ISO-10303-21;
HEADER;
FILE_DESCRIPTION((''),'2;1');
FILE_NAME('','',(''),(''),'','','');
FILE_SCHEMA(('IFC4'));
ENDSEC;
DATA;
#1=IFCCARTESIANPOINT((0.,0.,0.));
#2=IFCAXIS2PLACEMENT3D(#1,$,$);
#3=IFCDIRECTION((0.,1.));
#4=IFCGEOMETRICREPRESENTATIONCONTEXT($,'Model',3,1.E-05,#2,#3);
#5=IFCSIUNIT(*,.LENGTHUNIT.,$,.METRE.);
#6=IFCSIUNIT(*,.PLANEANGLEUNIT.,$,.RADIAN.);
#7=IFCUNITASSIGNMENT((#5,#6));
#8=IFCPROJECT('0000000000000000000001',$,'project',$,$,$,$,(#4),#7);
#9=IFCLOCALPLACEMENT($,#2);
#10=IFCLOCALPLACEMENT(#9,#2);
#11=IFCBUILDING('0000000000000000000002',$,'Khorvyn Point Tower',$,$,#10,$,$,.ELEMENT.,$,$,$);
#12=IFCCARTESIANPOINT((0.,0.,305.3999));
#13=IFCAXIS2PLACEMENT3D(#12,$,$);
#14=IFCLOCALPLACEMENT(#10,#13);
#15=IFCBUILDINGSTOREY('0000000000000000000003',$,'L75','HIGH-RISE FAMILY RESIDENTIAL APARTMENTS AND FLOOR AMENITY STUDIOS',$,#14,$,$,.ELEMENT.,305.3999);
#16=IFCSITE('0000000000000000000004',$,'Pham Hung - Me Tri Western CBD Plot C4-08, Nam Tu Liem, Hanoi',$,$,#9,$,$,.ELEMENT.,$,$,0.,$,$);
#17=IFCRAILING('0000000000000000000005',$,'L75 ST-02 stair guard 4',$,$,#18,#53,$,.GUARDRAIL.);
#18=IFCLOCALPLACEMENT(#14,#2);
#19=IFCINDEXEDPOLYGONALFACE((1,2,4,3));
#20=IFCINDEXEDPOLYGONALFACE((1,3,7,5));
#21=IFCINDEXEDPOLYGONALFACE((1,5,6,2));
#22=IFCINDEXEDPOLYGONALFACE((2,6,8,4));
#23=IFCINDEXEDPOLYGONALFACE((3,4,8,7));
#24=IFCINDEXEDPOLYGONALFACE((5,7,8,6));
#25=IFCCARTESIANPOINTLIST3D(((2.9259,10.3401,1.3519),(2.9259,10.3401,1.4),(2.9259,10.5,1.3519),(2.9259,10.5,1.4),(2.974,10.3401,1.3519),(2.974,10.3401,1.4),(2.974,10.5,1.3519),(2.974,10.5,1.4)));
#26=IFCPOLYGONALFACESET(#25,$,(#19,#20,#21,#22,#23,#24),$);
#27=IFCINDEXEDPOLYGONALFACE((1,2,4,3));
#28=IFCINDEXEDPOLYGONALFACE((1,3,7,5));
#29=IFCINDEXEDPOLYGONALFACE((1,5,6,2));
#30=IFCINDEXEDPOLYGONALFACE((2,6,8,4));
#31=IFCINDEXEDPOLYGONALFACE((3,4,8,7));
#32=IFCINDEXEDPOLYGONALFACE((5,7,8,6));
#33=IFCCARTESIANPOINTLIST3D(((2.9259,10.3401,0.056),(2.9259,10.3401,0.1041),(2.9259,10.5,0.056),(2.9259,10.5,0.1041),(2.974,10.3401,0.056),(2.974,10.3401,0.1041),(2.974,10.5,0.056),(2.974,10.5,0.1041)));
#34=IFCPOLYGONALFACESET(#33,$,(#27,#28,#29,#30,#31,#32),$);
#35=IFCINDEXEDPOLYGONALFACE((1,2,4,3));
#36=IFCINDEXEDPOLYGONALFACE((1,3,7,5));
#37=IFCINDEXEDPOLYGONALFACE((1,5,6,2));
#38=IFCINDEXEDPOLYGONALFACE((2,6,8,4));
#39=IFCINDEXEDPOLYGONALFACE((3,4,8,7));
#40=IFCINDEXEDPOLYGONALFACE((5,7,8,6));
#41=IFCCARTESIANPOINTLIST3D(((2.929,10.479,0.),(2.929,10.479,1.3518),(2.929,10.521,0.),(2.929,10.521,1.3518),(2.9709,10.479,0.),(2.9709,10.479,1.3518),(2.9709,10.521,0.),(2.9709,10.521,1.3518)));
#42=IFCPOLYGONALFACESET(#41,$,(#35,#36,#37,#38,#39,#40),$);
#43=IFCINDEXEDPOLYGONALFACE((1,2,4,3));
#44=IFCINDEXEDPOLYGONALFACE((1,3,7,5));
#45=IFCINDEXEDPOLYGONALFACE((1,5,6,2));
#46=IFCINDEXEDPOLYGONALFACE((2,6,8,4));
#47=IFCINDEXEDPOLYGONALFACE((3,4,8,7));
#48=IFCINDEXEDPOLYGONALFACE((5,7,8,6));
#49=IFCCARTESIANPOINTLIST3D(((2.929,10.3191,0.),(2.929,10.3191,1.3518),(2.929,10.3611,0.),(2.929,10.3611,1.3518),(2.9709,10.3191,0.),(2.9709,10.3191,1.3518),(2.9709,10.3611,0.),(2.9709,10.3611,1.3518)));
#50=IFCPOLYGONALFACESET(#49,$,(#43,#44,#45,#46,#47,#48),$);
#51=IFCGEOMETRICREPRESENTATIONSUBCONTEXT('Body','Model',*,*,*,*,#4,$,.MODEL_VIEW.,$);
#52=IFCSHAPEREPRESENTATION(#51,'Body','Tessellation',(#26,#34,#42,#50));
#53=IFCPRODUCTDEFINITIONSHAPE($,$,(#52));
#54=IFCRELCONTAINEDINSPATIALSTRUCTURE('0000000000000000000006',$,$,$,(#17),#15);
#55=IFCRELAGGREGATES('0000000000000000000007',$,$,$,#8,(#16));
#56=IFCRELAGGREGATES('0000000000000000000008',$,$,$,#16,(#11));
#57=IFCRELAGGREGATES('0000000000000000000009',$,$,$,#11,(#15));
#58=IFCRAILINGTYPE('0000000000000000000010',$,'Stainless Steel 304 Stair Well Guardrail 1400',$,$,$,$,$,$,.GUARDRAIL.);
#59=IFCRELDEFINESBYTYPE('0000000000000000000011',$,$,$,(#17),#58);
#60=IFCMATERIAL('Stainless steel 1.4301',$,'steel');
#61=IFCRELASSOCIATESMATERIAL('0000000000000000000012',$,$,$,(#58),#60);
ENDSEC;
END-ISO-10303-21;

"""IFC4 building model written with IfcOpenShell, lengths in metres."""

from ifc_helpers import new_model, si_unit, direction, frame, origin, origin_2d, place, context, subcontext, project, spatial, rectangle, extrude, material, type_object, element, save


model = new_model("IFC4")

# Units and contexts
model_context = context("Model", 3, precision=1e-05, world=origin(), true_north=direction((0.0, 1.0)))
body_context = subcontext(model_context, "Body", "Model", "MODEL_VIEW")
ifc_project = project(units=[si_unit("LENGTHUNIT", "METRE"), si_unit("PLANEANGLEUNIT", "RADIAN")], contexts=[model_context])

# Site, building, storey
site_placement = place(None, origin())
site = spatial("IfcSite", under=ifc_project, at=site_placement, Name="Pham Hung - Me Tri Western CBD Plot C4-08, Nam Tu Liem, Hanoi", CompositionType="ELEMENT", RefElevation=0.0)
building_placement = place(site_placement, origin())
building = spatial("IfcBuilding", under=site, at=building_placement, Name="Khorvyn Point Tower", CompositionType="ELEMENT")
storey_placement = place(building_placement, frame((0.0, 0.0, 305.3999)))
storey = spatial("IfcBuildingStorey", under=building, at=storey_placement, Name="L75", Description="HIGH-RISE FAMILY RESIDENTIAL APARTMENTS AND FLOOR AMENITY STUDIOS", CompositionType="ELEMENT", Elevation=305.3999)

# Shared definitions
ifc_material_1 = material(Name="Stainless steel 1.4301", Category="steel")

# Railing
railing_type_1 = type_object("IfcRailingType", Name="Stainless Steel 304 Stair Well Guardrail 1400", PredefinedType="GUARDRAIL", material=ifc_material_1)
railing_1_placement = place(storey_placement, frame((2.95, 10.5, 0.0)))
element("IfcRailing", 1, at=railing_1_placement, inside=storey, type_object=railing_type_1, Name="L75 ST-02 stair guard 4", PredefinedType="GUARDRAIL", context=body_context, shape_type="SweptSolid", body=[
    extrude(rectangle(XDim=0.0481, YDim=0.0481, at=origin_2d()), frame((0.0, 0.0, 1.376), z_axis=(0.0, -1.0, 0.0), x_axis=(1.0, 0.0, 0.0)), (0.0, 0.0, 1.0), 0.1599),
    extrude(rectangle(XDim=0.0481, YDim=0.0481, at=origin_2d()), frame((0.0, 0.0, 0.0801), z_axis=(0.0, -1.0, 0.0), x_axis=(1.0, 0.0, 0.0)), (0.0, 0.0, 1.0), 0.1599),
    extrude(rectangle(XDim=0.042, YDim=0.042, at=origin_2d()), origin(), (0.0, 0.0, 1.0), 1.3518),
    extrude(rectangle(XDim=0.042, YDim=0.042, at=origin_2d()), frame((0.0, -0.1599, 0.0)), (0.0, 0.0, 1.0), 1.3518),
])

save(model, "model.ifc")
